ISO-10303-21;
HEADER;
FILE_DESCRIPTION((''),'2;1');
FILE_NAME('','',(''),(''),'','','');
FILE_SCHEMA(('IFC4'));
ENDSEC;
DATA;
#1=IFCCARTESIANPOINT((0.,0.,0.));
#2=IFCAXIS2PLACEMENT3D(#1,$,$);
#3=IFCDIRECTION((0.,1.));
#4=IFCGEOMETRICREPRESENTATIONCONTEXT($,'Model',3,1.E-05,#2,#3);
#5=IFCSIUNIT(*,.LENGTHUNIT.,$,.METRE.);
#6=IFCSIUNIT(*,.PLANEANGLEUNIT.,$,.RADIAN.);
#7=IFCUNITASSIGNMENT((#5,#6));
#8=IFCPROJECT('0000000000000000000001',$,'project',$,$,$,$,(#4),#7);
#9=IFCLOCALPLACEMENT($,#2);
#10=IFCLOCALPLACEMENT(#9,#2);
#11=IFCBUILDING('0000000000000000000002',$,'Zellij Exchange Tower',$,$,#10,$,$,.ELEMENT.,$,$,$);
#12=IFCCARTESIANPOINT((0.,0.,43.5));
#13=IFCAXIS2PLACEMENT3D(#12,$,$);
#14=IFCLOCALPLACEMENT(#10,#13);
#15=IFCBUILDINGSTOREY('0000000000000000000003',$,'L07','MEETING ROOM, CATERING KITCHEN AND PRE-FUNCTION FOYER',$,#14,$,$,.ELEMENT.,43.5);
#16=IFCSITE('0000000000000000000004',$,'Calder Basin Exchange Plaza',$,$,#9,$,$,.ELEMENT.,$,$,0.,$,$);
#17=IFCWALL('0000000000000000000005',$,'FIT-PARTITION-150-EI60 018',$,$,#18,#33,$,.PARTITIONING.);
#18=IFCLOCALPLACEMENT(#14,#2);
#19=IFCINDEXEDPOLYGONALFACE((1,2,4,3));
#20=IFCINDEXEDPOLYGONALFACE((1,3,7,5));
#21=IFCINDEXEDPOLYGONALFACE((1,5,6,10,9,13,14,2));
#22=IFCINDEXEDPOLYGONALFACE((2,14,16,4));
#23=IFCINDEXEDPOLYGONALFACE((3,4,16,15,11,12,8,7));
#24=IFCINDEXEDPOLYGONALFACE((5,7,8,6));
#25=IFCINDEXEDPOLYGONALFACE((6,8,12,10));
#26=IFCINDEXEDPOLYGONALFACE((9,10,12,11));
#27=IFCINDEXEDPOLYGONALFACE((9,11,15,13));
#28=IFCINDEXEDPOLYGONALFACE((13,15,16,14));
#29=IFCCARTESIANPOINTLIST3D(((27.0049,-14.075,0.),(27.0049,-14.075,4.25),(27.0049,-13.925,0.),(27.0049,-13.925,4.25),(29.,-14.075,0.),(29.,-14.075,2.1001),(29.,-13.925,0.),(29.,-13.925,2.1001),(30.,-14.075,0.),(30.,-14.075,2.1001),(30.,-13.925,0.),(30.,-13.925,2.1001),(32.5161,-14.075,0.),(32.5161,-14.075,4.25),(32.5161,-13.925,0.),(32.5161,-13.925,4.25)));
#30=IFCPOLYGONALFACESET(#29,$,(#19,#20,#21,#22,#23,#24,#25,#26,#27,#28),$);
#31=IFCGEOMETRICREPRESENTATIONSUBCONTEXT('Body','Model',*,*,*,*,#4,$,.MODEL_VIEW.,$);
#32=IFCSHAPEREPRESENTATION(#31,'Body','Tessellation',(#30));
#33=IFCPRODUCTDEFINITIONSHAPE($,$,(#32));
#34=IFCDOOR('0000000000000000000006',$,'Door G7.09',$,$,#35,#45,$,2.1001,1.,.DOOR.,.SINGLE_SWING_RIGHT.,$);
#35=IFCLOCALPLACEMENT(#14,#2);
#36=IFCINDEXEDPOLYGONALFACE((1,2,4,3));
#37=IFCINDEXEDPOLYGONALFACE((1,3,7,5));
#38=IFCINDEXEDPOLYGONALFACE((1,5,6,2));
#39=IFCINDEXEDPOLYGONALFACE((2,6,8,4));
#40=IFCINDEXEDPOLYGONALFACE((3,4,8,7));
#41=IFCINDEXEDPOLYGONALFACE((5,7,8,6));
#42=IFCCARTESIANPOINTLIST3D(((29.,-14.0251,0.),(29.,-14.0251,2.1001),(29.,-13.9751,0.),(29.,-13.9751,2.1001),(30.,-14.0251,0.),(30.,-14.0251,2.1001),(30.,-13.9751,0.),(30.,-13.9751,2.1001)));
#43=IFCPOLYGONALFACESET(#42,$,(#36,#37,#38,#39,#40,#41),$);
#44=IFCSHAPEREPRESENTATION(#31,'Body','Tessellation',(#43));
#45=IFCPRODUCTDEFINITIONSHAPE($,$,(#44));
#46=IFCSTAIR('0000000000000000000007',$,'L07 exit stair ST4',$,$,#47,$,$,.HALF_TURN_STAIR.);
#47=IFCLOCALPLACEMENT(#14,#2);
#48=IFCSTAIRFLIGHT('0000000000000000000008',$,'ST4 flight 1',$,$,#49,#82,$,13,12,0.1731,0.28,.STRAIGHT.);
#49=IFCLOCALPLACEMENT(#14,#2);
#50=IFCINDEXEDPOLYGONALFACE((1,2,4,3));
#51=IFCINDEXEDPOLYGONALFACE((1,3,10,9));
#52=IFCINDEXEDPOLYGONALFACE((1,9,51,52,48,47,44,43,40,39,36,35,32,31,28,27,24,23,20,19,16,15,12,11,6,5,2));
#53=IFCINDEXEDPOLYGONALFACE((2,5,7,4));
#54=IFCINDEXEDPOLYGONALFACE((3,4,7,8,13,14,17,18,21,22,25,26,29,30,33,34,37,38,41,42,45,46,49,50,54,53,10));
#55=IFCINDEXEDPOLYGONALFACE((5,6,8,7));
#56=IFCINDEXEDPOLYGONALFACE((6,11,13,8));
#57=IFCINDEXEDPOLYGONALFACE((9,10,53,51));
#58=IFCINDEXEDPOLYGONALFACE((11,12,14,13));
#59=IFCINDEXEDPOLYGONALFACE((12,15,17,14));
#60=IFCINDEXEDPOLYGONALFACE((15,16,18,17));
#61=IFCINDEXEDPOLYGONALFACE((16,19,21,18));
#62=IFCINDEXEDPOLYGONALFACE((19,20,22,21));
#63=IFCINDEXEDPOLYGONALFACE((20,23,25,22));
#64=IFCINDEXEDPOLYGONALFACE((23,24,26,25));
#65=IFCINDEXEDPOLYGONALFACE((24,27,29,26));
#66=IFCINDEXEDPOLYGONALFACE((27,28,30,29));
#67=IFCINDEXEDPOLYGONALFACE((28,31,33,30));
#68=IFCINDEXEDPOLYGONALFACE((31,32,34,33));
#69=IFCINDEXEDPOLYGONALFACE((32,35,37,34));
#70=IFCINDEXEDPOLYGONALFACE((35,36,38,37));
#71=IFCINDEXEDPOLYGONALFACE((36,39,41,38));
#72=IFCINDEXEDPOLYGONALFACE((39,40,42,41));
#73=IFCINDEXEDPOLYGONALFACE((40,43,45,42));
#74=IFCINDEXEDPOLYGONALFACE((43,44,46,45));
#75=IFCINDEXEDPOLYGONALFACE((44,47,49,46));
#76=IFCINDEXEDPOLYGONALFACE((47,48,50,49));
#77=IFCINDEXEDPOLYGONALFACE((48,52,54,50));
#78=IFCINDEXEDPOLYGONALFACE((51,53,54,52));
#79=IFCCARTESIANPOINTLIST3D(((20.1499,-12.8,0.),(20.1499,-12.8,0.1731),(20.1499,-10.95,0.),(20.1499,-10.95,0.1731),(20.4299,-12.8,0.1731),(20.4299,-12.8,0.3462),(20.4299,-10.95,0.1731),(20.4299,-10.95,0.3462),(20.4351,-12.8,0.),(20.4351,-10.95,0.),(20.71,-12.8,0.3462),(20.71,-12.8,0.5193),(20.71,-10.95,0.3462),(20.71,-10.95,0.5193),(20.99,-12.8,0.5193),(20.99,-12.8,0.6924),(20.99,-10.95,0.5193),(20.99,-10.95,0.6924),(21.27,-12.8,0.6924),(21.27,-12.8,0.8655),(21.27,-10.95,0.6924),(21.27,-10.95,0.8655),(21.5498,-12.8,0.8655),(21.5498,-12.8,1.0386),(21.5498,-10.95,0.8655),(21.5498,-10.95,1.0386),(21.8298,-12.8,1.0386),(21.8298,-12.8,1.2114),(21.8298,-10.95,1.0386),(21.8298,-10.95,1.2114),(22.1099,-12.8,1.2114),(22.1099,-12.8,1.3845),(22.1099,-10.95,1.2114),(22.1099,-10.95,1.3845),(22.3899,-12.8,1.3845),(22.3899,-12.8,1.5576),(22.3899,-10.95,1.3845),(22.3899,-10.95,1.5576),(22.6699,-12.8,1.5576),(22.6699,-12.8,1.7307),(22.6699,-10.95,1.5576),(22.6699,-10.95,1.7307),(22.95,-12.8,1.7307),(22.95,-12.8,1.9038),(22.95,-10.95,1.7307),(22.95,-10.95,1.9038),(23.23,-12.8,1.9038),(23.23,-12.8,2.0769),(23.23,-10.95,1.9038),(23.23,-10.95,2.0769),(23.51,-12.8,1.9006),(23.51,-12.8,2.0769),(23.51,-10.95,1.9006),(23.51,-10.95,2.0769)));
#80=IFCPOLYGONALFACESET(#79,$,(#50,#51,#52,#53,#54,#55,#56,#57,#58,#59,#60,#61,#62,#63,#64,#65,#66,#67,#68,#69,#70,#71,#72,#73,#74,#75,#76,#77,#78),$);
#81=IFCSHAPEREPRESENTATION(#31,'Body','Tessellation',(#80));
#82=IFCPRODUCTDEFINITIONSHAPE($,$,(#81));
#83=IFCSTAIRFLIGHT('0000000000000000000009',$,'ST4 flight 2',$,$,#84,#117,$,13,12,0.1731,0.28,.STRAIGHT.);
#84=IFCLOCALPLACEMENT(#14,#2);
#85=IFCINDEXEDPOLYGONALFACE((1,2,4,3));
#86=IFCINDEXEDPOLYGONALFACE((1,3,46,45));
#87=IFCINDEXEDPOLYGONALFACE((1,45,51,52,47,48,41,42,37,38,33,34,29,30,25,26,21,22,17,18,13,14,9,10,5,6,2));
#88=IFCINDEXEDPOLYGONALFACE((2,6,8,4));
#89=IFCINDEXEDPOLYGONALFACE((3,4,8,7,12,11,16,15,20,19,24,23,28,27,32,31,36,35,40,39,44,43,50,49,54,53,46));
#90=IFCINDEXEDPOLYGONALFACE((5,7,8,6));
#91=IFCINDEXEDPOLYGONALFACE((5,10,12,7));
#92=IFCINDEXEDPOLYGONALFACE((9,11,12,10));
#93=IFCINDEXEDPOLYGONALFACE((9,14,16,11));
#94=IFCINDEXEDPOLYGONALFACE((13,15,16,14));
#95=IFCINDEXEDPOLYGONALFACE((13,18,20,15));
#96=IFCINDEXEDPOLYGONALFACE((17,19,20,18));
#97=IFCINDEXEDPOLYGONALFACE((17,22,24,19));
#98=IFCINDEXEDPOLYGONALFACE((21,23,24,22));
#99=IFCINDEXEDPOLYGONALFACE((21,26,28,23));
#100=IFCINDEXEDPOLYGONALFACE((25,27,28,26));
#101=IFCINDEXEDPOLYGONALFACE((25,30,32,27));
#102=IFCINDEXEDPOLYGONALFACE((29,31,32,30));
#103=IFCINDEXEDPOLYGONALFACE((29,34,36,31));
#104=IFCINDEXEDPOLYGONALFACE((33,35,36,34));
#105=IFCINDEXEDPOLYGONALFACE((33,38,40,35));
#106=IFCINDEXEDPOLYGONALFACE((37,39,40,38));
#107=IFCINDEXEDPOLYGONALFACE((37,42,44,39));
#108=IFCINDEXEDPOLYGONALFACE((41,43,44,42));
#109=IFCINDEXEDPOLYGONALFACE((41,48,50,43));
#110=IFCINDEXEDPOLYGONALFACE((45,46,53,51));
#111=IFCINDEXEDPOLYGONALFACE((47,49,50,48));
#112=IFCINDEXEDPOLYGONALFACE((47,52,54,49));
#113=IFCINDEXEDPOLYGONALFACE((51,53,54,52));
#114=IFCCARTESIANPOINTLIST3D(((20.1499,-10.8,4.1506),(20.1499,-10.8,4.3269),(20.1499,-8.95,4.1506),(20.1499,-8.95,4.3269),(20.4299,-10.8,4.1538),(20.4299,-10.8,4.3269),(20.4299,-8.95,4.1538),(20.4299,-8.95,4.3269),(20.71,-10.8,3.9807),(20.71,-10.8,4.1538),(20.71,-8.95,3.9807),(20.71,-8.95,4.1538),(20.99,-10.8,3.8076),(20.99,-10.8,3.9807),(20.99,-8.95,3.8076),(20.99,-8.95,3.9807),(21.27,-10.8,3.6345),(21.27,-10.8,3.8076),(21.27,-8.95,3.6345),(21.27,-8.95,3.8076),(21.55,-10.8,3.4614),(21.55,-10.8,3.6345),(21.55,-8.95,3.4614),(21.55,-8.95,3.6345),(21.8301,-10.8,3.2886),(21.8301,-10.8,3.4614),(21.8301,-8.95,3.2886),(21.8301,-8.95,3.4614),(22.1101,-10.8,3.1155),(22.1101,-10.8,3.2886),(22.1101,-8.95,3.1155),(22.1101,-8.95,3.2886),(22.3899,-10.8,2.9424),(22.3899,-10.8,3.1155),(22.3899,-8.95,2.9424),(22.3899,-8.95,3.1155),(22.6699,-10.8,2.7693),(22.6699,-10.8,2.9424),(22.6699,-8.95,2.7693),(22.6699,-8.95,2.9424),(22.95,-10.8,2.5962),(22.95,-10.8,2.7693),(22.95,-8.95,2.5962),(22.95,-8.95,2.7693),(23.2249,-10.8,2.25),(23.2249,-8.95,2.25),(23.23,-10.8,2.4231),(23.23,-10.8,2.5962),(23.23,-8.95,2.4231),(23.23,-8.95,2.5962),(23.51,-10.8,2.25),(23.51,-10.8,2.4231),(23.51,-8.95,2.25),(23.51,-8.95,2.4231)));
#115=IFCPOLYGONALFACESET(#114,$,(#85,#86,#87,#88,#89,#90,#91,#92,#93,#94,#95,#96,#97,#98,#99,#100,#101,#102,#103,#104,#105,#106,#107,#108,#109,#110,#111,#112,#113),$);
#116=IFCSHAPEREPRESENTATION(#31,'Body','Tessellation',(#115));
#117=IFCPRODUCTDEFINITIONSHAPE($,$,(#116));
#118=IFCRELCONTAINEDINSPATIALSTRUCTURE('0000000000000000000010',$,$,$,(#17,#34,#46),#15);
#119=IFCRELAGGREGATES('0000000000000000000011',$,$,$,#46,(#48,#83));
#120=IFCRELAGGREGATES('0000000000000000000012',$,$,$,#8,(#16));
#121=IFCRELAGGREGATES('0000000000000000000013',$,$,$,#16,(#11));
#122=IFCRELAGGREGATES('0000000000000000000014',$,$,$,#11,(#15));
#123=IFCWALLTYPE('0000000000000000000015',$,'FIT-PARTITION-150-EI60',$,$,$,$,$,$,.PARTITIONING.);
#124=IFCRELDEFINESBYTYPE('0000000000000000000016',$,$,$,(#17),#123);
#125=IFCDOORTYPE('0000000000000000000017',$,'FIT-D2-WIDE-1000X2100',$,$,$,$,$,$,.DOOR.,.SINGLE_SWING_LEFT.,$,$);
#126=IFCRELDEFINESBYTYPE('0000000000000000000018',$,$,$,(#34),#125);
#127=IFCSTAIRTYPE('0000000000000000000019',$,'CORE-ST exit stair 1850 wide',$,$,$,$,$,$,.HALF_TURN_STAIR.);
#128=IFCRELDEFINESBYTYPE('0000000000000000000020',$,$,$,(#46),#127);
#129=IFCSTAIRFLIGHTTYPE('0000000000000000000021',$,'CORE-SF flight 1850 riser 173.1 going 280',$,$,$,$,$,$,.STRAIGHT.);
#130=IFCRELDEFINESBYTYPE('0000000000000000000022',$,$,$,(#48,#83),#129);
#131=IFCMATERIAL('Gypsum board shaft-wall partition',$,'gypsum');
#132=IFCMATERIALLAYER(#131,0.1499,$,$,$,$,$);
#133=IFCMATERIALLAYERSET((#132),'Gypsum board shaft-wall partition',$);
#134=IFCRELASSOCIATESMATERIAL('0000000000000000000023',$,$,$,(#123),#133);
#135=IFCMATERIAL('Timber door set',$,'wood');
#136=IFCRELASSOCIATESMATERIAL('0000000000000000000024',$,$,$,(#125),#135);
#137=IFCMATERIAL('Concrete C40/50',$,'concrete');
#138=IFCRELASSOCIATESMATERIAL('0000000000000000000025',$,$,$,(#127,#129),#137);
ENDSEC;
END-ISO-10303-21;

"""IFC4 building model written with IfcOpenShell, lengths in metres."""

from ifc_helpers import new_model, si_unit, direction, frame, frame_2d, origin, place, context, subcontext, project, spatial, polyline, rectangle, outline, extrude, material, layer, layer_set, type_object, element, fill, aggregate, save


model = new_model("IFC4")

# Units and contexts
model_context = context("Model", 3, precision=1e-05, world=origin(), true_north=direction((0.0, 1.0)))
body_context = subcontext(model_context, "Body", "Model", "MODEL_VIEW")
ifc_project = project(units=[si_unit("LENGTHUNIT", "METRE"), si_unit("PLANEANGLEUNIT", "RADIAN")], contexts=[model_context])

# Site, building, storey
site_placement = place(None, origin())
site = spatial("IfcSite", under=ifc_project, at=site_placement, Name="Calder Basin Exchange Plaza", CompositionType="ELEMENT", RefElevation=0.0)
building_placement = place(site_placement, origin())
building = spatial("IfcBuilding", under=site, at=building_placement, Name="Zellij Exchange Tower", CompositionType="ELEMENT")
storey_placement = place(building_placement, frame((0.0, 0.0, 43.5)))
storey = spatial("IfcBuildingStorey", under=building, at=storey_placement, Name="L07", Description="MEETING ROOM, CATERING KITCHEN AND PRE-FUNCTION FOYER", CompositionType="ELEMENT", Elevation=43.5)

# Shared definitions
ifc_material_1 = material(Name="Gypsum board shaft-wall partition", Category="gypsum")
ifc_layer_1 = layer(ifc_material_1, 0.1499)
ifc_layer_set_1 = layer_set([ifc_layer_1], Name="Gypsum board shaft-wall partition")
wall_type_1 = type_object("IfcWallType", Name="FIT-PARTITION-150-EI60", PredefinedType="PARTITIONING", material=ifc_layer_set_1)

# Wall, opening, door
wall_1_placement = place(storey_placement, frame((27.0049, -14.0, 0.0), z_axis=(0.0, 0.0, 1.0), x_axis=(1.0, 0.0, 0.0)))
wall_1 = element("IfcWall", 1, at=wall_1_placement, inside=storey, type_object=wall_type_1, Name="FIT-PARTITION-150-EI60 018", PredefinedType="PARTITIONING", context=body_context, shape_type="SweptSolid", body=[
    extrude(rectangle(XDim=5.5112, YDim=0.1499, at=frame_2d((2.7556, 0.0))), origin(), (0.0, 0.0, 1.0), 4.25),
])
opening_1_placement = place(wall_1_placement, frame((1.9951, 0.0, 0.0)))
opening_1 = element("IfcOpeningElement", 2, at=opening_1_placement, cuts=wall_1, PredefinedType="OPENING", context=body_context, shape_type="SweptSolid", body=[
    extrude(rectangle(XDim=1.0, YDim=2.1001, at=frame_2d((0.5, 1.05))), frame((0.0, 0.0869, 0.0), z_axis=(0.0, -1.0, 0.0), x_axis=(1.0, 0.0, 0.0)), (0.0, 0.0, 1.0), 0.1738),
])
ifc_material_2 = material(Name="Timber door set", Category="wood")
door_type_1 = type_object("IfcDoorType", Name="FIT-D2-WIDE-1000X2100", OperationType="SINGLE_SWING_LEFT", PredefinedType="DOOR", material=ifc_material_2)
door_1_placement = place(opening_1_placement, origin())
door_1 = element("IfcDoor", 3, at=door_1_placement, inside=storey, type_object=door_type_1, Name="Door G7.09", OperationType="SINGLE_SWING_RIGHT", OverallHeight=2.1001, OverallWidth=1.0, PredefinedType="DOOR", context=body_context, shape_type="SweptSolid", body=[
    extrude(rectangle(XDim=1.0, YDim=2.1001, at=frame_2d((0.5, 1.05))), frame((0.0, 0.0249, 0.0), z_axis=(0.0, -1.0, 0.0), x_axis=(1.0, 0.0, 0.0)), (0.0, 0.0, 1.0), 0.05),
])
fill(opening_1, door_1)

# Stair, stair flights
ifc_material_3 = material(Name="Concrete C40/50", Category="concrete")
stair_type = type_object("IfcStairType", Name="CORE-ST exit stair 1850 wide", PredefinedType="HALF_TURN_STAIR", material=ifc_material_3)
stair_placement = place(storey_placement, origin())
stair = element("IfcStair", 4, at=stair_placement, inside=storey, type_object=stair_type, Name="L07 exit stair ST4", PredefinedType="HALF_TURN_STAIR")
stair_flight_type = type_object("IfcStairFlightType", Name="CORE-SF flight 1850 riser 173.1 going 280", PredefinedType="STRAIGHT", material=ifc_material_3)
stair_flight_1_placement = place(storey_placement, frame((20.1499, -11.875, 0.0), z_axis=(0.0, 0.0, 1.0), x_axis=(1.0, 0.0, 0.0)))
stair_flight_1 = element("IfcStairFlight", 5, at=stair_flight_1_placement, type_object=stair_flight_type, Name="ST4 flight 1", NumberOfRisers=13, NumberOfTreads=12, PredefinedType="STRAIGHT", RiserHeight=0.1731, TreadLength=0.28, context=body_context, shape_type="SweptSolid", body=[
    extrude(outline(polyline([(0.0, 0.0), (0.0, 0.1731), (0.28, 0.1731), (0.28, 0.3462), (0.5601, 0.3462), (0.5601, 0.5193), (0.8401, 0.5193), (0.8401, 0.6924), (1.1201, 0.6924), (1.1201, 0.8655), (1.3999, 0.8655), (1.3999, 1.0386), (1.6799, 1.0386), (1.6799, 1.2114), (1.96, 1.2114), (1.96, 1.3845), (2.24, 1.3845), (2.24, 1.5576), (2.52, 1.5576), (2.52, 1.7307), (2.8, 1.7307), (2.8, 1.9038), (3.0801, 1.9038), (3.0801, 2.0769), (3.3601, 2.0769), (3.3601, 2.25), (3.3601, 1.9006), (0.2852, 0.0), (0.0, 0.0)])), frame((0.0, 0.925, 0.0), z_axis=(0.0, -1.0, 0.0), x_axis=(1.0, 0.0, 0.0)), (0.0, 0.0, 1.0), 1.8501),
])
stair_flight_2_placement = place(storey_placement, frame((23.51, -9.875, 2.25), z_axis=(0.0, 0.0, 1.0), x_axis=(-1.0, 0.0, 0.0)))
stair_flight_2 = element("IfcStairFlight", 6, at=stair_flight_2_placement, type_object=stair_flight_type, Name="ST4 flight 2", NumberOfRisers=13, NumberOfTreads=12, PredefinedType="STRAIGHT", RiserHeight=0.1731, TreadLength=0.28, context=body_context, shape_type="SweptSolid", body=[
    extrude(outline(polyline([(0.0, 0.0), (0.0, 0.1731), (0.28, 0.1731), (0.28, 0.3462), (0.5601, 0.3462), (0.5601, 0.5193), (0.8401, 0.5193), (0.8401, 0.6924), (1.1201, 0.6924), (1.1201, 0.8655), (1.3999, 0.8655), (1.3999, 1.0386), (1.6799, 1.0386), (1.6799, 1.2114), (1.96, 1.2114), (1.96, 1.3845), (2.24, 1.3845), (2.24, 1.5576), (2.52, 1.5576), (2.52, 1.7307), (2.8, 1.7307), (2.8, 1.9038), (3.0801, 1.9038), (3.0801, 2.0769), (3.3601, 2.0769), (3.3601, 2.25), (3.3601, 1.9006), (0.2852, 0.0), (0.0, 0.0)])), frame((0.0, 0.925, 0.0), z_axis=(0.0, -1.0, 0.0), x_axis=(1.0, 0.0, 0.0)), (0.0, 0.0, 1.0), 1.8501),
])
aggregate(stair, [stair_flight_1, stair_flight_2])

save(model, "model.ifc")
